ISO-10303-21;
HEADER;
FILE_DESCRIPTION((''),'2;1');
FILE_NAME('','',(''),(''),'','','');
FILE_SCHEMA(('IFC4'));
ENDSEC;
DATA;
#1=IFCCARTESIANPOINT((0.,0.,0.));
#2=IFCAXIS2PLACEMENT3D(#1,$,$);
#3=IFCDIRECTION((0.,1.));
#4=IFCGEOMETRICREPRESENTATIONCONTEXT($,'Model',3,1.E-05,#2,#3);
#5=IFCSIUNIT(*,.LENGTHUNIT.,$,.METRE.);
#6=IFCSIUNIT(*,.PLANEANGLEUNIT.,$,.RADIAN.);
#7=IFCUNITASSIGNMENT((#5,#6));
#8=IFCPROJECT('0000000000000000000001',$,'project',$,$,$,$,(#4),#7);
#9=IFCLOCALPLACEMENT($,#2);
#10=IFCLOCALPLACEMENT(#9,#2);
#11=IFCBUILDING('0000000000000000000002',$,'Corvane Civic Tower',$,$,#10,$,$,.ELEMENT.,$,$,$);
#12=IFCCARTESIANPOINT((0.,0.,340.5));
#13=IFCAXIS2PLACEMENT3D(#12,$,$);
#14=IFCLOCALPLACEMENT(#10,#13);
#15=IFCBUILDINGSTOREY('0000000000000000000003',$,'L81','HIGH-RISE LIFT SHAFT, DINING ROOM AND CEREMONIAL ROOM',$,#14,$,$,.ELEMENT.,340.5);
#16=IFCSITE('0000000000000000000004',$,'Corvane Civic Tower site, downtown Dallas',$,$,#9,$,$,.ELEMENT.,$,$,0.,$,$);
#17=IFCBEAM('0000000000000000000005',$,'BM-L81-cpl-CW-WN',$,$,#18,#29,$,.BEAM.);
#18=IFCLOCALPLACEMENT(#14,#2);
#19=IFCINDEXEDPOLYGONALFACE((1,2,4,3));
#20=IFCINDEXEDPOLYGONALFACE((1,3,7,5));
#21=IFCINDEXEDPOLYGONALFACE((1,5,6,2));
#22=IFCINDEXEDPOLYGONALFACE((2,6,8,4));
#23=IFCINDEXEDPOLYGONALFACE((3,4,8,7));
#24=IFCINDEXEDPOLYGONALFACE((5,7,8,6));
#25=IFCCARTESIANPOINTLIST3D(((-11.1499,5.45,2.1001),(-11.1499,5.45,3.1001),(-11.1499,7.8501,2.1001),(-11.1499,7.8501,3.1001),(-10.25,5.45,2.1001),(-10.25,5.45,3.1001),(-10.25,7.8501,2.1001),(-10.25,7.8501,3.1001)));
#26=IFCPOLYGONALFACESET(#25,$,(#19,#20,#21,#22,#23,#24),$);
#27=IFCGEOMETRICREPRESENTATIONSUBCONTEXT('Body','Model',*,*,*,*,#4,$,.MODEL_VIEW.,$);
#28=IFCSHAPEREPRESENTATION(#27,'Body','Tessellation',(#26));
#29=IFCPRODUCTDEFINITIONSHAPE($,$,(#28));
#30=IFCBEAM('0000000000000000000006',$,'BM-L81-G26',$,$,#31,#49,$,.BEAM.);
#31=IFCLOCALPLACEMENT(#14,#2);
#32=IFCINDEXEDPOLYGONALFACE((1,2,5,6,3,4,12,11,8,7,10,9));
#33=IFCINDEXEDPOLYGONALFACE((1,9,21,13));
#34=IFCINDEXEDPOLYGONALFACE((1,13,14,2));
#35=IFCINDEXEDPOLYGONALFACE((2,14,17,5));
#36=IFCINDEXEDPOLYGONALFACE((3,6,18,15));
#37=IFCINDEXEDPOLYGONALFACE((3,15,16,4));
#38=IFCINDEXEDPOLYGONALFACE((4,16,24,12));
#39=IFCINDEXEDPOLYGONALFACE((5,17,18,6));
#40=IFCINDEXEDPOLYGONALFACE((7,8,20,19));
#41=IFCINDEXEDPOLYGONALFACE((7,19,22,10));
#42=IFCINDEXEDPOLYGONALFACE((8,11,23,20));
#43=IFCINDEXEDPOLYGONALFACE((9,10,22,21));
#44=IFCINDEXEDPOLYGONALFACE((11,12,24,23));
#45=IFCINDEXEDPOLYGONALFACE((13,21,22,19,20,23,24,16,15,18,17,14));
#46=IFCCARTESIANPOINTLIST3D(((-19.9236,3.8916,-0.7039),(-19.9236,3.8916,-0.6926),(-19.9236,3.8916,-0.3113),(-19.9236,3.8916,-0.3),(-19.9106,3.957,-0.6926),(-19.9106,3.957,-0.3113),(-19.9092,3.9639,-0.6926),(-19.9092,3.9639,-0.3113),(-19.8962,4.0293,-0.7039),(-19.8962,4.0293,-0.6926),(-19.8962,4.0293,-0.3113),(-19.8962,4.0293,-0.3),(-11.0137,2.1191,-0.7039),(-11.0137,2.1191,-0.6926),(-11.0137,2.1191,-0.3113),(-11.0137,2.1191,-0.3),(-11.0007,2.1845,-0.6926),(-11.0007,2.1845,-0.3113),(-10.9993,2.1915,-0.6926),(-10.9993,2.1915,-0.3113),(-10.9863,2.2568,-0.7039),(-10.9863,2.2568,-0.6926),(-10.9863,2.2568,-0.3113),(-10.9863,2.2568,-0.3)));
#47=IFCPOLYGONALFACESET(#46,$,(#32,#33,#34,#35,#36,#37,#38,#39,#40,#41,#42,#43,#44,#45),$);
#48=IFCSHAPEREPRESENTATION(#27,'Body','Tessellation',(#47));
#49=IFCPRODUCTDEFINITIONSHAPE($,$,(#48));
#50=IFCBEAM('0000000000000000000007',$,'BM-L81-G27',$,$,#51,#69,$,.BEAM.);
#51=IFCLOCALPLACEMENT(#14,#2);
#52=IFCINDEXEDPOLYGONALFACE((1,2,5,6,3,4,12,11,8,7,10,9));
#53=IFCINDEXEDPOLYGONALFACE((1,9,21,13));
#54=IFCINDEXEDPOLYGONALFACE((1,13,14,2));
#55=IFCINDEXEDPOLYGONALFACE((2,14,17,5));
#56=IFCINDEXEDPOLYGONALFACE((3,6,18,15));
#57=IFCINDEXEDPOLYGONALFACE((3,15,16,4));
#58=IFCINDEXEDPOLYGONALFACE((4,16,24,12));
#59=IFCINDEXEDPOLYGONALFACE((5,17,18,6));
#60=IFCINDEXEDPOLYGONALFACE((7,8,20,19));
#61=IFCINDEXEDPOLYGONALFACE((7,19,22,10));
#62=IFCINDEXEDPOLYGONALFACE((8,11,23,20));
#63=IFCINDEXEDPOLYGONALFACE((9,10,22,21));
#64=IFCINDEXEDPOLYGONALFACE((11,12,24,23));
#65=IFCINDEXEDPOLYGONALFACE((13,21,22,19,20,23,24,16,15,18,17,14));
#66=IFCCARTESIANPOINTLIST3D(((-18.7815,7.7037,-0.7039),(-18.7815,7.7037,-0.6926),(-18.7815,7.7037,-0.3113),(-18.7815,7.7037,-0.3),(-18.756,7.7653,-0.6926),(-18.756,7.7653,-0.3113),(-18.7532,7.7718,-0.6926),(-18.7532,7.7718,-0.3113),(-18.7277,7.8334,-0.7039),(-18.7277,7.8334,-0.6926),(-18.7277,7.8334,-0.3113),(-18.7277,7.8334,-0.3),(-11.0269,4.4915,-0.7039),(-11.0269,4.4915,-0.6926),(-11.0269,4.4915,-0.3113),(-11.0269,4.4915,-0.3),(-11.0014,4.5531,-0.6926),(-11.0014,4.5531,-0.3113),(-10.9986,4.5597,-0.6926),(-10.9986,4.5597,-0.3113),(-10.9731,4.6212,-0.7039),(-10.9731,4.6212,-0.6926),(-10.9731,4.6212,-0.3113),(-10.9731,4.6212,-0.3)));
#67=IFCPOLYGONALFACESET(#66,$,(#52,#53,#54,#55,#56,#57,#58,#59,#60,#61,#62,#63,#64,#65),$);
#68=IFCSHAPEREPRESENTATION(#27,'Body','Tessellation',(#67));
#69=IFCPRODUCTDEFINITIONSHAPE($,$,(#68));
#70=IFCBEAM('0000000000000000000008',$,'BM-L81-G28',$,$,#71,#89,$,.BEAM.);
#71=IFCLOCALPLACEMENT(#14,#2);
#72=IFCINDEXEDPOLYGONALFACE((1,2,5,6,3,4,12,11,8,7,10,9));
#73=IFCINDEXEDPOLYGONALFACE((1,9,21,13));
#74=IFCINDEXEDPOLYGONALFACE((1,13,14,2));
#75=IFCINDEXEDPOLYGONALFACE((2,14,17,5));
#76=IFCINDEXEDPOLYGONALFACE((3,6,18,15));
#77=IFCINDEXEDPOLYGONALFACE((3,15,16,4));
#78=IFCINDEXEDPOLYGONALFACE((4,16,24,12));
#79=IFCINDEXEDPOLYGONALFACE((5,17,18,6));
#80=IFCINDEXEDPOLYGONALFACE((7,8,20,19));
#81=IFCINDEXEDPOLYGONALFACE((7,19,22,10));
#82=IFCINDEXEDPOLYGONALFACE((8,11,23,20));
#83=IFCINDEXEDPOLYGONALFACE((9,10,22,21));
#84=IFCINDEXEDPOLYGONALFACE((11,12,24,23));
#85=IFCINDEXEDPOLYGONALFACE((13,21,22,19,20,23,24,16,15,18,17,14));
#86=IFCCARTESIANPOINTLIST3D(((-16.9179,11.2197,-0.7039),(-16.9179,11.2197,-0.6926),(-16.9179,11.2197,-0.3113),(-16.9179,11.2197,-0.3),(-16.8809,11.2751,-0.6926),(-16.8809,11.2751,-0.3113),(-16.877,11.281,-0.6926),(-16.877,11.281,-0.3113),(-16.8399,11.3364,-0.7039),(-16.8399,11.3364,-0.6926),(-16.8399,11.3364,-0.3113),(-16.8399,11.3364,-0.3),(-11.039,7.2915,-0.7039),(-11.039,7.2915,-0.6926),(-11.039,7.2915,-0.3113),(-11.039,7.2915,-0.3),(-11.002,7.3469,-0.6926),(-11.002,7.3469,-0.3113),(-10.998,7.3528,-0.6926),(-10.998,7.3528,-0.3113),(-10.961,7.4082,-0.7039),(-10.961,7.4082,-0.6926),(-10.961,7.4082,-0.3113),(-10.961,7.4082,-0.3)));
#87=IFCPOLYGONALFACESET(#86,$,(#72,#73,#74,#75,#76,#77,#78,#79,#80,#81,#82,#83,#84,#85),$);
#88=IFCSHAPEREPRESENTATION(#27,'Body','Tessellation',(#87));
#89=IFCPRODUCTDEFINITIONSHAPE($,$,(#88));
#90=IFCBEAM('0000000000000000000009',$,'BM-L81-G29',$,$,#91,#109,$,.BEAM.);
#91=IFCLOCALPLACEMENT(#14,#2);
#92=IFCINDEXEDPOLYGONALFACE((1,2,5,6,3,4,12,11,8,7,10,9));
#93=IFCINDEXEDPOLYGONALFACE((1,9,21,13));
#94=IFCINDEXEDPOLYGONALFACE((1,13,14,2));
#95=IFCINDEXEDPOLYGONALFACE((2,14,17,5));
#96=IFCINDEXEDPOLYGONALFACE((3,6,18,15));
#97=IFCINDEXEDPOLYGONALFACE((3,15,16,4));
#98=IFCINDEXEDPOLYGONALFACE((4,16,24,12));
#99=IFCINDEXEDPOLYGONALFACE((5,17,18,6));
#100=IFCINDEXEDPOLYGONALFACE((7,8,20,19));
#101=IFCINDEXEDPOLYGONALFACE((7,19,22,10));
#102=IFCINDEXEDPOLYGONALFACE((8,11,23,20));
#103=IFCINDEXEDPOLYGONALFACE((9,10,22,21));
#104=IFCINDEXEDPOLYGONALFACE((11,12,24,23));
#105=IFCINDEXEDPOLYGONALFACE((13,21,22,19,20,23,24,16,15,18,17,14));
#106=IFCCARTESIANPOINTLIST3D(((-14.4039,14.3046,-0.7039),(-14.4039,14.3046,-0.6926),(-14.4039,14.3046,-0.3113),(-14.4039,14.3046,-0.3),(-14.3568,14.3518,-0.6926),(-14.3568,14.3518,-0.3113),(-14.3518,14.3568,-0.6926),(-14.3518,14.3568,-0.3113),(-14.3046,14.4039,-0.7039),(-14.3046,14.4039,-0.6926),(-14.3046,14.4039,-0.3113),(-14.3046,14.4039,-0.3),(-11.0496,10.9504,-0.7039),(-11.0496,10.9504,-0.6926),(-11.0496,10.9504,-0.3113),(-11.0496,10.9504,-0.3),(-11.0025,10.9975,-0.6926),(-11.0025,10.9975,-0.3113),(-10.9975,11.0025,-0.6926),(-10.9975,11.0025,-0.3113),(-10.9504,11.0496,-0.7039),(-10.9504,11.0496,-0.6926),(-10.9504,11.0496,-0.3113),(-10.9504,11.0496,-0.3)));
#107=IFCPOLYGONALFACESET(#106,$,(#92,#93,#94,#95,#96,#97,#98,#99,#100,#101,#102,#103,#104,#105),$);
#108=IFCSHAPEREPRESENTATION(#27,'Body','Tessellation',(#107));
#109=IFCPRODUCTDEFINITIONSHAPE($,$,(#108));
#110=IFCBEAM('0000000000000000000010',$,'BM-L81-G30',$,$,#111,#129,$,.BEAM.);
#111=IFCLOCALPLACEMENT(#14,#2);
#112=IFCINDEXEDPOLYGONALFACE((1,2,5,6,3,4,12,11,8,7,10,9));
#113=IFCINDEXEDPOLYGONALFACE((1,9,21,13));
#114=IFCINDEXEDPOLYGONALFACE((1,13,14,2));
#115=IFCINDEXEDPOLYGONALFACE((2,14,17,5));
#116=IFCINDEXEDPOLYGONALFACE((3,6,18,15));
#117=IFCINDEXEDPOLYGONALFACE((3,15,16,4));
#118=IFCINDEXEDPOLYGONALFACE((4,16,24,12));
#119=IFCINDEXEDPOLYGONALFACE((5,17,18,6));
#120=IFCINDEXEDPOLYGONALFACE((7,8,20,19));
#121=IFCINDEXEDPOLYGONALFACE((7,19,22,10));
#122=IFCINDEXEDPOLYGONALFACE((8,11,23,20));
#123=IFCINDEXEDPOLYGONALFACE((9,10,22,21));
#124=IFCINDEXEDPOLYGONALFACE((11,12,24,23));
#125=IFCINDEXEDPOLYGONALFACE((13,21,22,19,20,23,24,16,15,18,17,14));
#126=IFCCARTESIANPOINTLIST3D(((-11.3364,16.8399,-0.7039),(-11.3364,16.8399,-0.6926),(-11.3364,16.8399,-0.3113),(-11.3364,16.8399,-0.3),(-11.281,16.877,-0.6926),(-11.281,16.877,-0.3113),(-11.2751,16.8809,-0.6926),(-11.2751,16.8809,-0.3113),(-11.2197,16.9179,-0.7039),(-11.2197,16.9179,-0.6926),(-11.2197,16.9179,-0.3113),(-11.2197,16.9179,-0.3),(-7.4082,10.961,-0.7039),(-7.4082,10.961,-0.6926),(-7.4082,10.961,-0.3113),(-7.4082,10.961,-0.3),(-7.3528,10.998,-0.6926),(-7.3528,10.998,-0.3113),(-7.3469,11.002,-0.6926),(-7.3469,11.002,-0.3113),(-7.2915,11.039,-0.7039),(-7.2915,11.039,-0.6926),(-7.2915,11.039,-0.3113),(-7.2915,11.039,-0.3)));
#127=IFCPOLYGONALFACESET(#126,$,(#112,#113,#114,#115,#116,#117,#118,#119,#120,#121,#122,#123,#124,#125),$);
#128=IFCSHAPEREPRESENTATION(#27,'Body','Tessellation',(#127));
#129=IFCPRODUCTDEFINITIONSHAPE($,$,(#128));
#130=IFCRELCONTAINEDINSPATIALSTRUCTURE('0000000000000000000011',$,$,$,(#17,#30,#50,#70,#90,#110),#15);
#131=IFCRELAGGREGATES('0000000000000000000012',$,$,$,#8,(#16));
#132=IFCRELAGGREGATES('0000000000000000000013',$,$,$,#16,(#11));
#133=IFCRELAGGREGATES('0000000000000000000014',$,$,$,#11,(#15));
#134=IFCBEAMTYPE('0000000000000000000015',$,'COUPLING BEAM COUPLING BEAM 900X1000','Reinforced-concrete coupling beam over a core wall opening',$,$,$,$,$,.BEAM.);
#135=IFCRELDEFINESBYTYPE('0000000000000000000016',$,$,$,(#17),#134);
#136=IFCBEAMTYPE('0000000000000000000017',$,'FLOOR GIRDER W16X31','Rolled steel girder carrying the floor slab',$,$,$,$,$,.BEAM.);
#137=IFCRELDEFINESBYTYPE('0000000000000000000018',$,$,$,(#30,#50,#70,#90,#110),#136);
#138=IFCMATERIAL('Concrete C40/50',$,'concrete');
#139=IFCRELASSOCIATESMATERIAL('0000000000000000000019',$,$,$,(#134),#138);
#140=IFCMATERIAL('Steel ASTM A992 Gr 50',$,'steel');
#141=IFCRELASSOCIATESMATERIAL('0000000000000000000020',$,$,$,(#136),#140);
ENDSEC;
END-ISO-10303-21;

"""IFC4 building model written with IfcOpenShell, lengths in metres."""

from ifc_helpers import new_model, si_unit, direction, frame, origin, origin_2d, place, context, subcontext, project, spatial, rectangle, i_section, extrude, material, material_profile, profile_set, type_object, element, save


model = new_model("IFC4")

# Units and contexts
model_context = context("Model", 3, precision=1e-05, world=origin(), true_north=direction((0.0, 1.0)))
body_context = subcontext(model_context, "Body", "Model", "MODEL_VIEW")
ifc_project = project(units=[si_unit("LENGTHUNIT", "METRE"), si_unit("PLANEANGLEUNIT", "RADIAN")], contexts=[model_context])

# Site, building, storey
site_placement = place(None, origin())
site = spatial("IfcSite", under=ifc_project, at=site_placement, Name="Corvane Civic Tower site, downtown Dallas", CompositionType="ELEMENT", RefElevation=0.0)
building_placement = place(site_placement, origin())
building = spatial("IfcBuilding", under=site, at=building_placement, Name="Corvane Civic Tower", CompositionType="ELEMENT")
storey_placement = place(building_placement, frame((0.0, 0.0, 340.5)))
storey = spatial("IfcBuildingStorey", under=building, at=storey_placement, Name="L81", Description="HIGH-RISE LIFT SHAFT, DINING ROOM AND CEREMONIAL ROOM", CompositionType="ELEMENT", Elevation=340.5)

# Beams
ifc_material_1 = material(Name="Concrete C40/50", Category="concrete")
ifc_material_profile_1 = material_profile(ifc_material_1, rectangle(XDim=0.8999, YDim=1.0, at=origin_2d()), Name="COUPLING BEAM 900X1000")
ifc_profile_set_1 = profile_set([ifc_material_profile_1], Name="Concrete C40/50")
beam_type_1 = type_object("IfcBeamType", Name="COUPLING BEAM COUPLING BEAM 900X1000", Description="Reinforced-concrete coupling beam over a core wall opening", PredefinedType="BEAM", material=ifc_profile_set_1)
beam_1_placement = place(storey_placement, frame((-10.7, 5.45, 2.6001), z_axis=(0.0, 1.0, 0.0), x_axis=(-1.0, 0.0, 0.0)))
element("IfcBeam", 1, at=beam_1_placement, inside=storey, type_object=beam_type_1, Name="BM-L81-cpl-CW-WN", PredefinedType="BEAM", context=body_context, shape_type="SweptSolid", body=[
    extrude(rectangle(XDim=0.8999, YDim=1.0, at=origin_2d()), origin(), (0.0, 0.0, 1.0), 2.4001),
])
ifc_material_2 = material(Name="Steel ASTM A992 Gr 50", Category="steel")
ifc_material_profile_2 = material_profile(ifc_material_2, i_section(OverallWidth=0.1404, OverallDepth=0.4038, WebThickness=0.0071, FlangeThickness=0.0112, at=origin_2d()), Name="W16X31")
ifc_profile_set_2 = profile_set([ifc_material_profile_2], Name="Steel ASTM A992 Gr 50")
beam_type_2 = type_object("IfcBeamType", Name="FLOOR GIRDER W16X31", Description="Rolled steel girder carrying the floor slab", PredefinedType="BEAM", material=ifc_profile_set_2)
beam_2_placement = place(storey_placement, frame((-11.0, 2.188, -0.502), z_axis=(-0.980782, 0.195108, 0.0), x_axis=(-0.195108, -0.980782, 0.0)))
element("IfcBeam", 2, at=beam_2_placement, inside=storey, type_object=beam_type_2, Name="BM-L81-G26", PredefinedType="BEAM", context=body_context, shape_type="SweptSolid", body=[
    extrude(i_section(OverallWidth=0.1404, OverallDepth=0.4038, WebThickness=0.0071, FlangeThickness=0.0112, at=origin_2d()), origin(), (0.0, 0.0, 1.0), 9.0845),
])
beam_3_placement = place(storey_placement, frame((-11.0, 4.5564, -0.502), z_axis=(-0.923876, 0.382692, 0.0), x_axis=(-0.382692, -0.923876, 0.0)))
element("IfcBeam", 3, at=beam_3_placement, inside=storey, type_object=beam_type_2, Name="BM-L81-G27", PredefinedType="BEAM", context=body_context, shape_type="SweptSolid", body=[
    extrude(i_section(OverallWidth=0.1404, OverallDepth=0.4038, WebThickness=0.0071, FlangeThickness=0.0112, at=origin_2d()), origin(), (0.0, 0.0, 1.0), 8.3936),
])
beam_4_placement = place(storey_placement, frame((-11.0, 7.3499, -0.502), z_axis=(-0.831465, 0.555576, 0.0), x_axis=(-0.555576, -0.831465, 0.0)))
element("IfcBeam", 4, at=beam_4_placement, inside=storey, type_object=beam_type_2, Name="BM-L81-G28", PredefinedType="BEAM", context=body_context, shape_type="SweptSolid", body=[
    extrude(i_section(OverallWidth=0.1404, OverallDepth=0.4038, WebThickness=0.0071, FlangeThickness=0.0112, at=origin_2d()), origin(), (0.0, 0.0, 1.0), 7.0706),
])
beam_5_placement = place(storey_placement, frame((-11.0, 11.0, -0.502), z_axis=(-0.707107, 0.707107, 0.0), x_axis=(-0.707107, -0.707107, 0.0)))
element("IfcBeam", 5, at=beam_5_placement, inside=storey, type_object=beam_type_2, Name="BM-L81-G29", PredefinedType="BEAM", context=body_context, shape_type="SweptSolid", body=[
    extrude(i_section(OverallWidth=0.1404, OverallDepth=0.4038, WebThickness=0.0071, FlangeThickness=0.0112, at=origin_2d()), origin(), (0.0, 0.0, 1.0), 4.7437),
])
beam_6_placement = place(storey_placement, frame((-7.3499, 11.0, -0.502), z_axis=(-0.555576, 0.831465, 0.0), x_axis=(-0.831465, -0.555576, 0.0)))
element("IfcBeam", 6, at=beam_6_placement, inside=storey, type_object=beam_type_2, Name="BM-L81-G30", PredefinedType="BEAM", context=body_context, shape_type="SweptSolid", body=[
    extrude(i_section(OverallWidth=0.1404, OverallDepth=0.4038, WebThickness=0.0071, FlangeThickness=0.0112, at=origin_2d()), origin(), (0.0, 0.0, 1.0), 7.0706),
])

save(model, "model.ifc")
